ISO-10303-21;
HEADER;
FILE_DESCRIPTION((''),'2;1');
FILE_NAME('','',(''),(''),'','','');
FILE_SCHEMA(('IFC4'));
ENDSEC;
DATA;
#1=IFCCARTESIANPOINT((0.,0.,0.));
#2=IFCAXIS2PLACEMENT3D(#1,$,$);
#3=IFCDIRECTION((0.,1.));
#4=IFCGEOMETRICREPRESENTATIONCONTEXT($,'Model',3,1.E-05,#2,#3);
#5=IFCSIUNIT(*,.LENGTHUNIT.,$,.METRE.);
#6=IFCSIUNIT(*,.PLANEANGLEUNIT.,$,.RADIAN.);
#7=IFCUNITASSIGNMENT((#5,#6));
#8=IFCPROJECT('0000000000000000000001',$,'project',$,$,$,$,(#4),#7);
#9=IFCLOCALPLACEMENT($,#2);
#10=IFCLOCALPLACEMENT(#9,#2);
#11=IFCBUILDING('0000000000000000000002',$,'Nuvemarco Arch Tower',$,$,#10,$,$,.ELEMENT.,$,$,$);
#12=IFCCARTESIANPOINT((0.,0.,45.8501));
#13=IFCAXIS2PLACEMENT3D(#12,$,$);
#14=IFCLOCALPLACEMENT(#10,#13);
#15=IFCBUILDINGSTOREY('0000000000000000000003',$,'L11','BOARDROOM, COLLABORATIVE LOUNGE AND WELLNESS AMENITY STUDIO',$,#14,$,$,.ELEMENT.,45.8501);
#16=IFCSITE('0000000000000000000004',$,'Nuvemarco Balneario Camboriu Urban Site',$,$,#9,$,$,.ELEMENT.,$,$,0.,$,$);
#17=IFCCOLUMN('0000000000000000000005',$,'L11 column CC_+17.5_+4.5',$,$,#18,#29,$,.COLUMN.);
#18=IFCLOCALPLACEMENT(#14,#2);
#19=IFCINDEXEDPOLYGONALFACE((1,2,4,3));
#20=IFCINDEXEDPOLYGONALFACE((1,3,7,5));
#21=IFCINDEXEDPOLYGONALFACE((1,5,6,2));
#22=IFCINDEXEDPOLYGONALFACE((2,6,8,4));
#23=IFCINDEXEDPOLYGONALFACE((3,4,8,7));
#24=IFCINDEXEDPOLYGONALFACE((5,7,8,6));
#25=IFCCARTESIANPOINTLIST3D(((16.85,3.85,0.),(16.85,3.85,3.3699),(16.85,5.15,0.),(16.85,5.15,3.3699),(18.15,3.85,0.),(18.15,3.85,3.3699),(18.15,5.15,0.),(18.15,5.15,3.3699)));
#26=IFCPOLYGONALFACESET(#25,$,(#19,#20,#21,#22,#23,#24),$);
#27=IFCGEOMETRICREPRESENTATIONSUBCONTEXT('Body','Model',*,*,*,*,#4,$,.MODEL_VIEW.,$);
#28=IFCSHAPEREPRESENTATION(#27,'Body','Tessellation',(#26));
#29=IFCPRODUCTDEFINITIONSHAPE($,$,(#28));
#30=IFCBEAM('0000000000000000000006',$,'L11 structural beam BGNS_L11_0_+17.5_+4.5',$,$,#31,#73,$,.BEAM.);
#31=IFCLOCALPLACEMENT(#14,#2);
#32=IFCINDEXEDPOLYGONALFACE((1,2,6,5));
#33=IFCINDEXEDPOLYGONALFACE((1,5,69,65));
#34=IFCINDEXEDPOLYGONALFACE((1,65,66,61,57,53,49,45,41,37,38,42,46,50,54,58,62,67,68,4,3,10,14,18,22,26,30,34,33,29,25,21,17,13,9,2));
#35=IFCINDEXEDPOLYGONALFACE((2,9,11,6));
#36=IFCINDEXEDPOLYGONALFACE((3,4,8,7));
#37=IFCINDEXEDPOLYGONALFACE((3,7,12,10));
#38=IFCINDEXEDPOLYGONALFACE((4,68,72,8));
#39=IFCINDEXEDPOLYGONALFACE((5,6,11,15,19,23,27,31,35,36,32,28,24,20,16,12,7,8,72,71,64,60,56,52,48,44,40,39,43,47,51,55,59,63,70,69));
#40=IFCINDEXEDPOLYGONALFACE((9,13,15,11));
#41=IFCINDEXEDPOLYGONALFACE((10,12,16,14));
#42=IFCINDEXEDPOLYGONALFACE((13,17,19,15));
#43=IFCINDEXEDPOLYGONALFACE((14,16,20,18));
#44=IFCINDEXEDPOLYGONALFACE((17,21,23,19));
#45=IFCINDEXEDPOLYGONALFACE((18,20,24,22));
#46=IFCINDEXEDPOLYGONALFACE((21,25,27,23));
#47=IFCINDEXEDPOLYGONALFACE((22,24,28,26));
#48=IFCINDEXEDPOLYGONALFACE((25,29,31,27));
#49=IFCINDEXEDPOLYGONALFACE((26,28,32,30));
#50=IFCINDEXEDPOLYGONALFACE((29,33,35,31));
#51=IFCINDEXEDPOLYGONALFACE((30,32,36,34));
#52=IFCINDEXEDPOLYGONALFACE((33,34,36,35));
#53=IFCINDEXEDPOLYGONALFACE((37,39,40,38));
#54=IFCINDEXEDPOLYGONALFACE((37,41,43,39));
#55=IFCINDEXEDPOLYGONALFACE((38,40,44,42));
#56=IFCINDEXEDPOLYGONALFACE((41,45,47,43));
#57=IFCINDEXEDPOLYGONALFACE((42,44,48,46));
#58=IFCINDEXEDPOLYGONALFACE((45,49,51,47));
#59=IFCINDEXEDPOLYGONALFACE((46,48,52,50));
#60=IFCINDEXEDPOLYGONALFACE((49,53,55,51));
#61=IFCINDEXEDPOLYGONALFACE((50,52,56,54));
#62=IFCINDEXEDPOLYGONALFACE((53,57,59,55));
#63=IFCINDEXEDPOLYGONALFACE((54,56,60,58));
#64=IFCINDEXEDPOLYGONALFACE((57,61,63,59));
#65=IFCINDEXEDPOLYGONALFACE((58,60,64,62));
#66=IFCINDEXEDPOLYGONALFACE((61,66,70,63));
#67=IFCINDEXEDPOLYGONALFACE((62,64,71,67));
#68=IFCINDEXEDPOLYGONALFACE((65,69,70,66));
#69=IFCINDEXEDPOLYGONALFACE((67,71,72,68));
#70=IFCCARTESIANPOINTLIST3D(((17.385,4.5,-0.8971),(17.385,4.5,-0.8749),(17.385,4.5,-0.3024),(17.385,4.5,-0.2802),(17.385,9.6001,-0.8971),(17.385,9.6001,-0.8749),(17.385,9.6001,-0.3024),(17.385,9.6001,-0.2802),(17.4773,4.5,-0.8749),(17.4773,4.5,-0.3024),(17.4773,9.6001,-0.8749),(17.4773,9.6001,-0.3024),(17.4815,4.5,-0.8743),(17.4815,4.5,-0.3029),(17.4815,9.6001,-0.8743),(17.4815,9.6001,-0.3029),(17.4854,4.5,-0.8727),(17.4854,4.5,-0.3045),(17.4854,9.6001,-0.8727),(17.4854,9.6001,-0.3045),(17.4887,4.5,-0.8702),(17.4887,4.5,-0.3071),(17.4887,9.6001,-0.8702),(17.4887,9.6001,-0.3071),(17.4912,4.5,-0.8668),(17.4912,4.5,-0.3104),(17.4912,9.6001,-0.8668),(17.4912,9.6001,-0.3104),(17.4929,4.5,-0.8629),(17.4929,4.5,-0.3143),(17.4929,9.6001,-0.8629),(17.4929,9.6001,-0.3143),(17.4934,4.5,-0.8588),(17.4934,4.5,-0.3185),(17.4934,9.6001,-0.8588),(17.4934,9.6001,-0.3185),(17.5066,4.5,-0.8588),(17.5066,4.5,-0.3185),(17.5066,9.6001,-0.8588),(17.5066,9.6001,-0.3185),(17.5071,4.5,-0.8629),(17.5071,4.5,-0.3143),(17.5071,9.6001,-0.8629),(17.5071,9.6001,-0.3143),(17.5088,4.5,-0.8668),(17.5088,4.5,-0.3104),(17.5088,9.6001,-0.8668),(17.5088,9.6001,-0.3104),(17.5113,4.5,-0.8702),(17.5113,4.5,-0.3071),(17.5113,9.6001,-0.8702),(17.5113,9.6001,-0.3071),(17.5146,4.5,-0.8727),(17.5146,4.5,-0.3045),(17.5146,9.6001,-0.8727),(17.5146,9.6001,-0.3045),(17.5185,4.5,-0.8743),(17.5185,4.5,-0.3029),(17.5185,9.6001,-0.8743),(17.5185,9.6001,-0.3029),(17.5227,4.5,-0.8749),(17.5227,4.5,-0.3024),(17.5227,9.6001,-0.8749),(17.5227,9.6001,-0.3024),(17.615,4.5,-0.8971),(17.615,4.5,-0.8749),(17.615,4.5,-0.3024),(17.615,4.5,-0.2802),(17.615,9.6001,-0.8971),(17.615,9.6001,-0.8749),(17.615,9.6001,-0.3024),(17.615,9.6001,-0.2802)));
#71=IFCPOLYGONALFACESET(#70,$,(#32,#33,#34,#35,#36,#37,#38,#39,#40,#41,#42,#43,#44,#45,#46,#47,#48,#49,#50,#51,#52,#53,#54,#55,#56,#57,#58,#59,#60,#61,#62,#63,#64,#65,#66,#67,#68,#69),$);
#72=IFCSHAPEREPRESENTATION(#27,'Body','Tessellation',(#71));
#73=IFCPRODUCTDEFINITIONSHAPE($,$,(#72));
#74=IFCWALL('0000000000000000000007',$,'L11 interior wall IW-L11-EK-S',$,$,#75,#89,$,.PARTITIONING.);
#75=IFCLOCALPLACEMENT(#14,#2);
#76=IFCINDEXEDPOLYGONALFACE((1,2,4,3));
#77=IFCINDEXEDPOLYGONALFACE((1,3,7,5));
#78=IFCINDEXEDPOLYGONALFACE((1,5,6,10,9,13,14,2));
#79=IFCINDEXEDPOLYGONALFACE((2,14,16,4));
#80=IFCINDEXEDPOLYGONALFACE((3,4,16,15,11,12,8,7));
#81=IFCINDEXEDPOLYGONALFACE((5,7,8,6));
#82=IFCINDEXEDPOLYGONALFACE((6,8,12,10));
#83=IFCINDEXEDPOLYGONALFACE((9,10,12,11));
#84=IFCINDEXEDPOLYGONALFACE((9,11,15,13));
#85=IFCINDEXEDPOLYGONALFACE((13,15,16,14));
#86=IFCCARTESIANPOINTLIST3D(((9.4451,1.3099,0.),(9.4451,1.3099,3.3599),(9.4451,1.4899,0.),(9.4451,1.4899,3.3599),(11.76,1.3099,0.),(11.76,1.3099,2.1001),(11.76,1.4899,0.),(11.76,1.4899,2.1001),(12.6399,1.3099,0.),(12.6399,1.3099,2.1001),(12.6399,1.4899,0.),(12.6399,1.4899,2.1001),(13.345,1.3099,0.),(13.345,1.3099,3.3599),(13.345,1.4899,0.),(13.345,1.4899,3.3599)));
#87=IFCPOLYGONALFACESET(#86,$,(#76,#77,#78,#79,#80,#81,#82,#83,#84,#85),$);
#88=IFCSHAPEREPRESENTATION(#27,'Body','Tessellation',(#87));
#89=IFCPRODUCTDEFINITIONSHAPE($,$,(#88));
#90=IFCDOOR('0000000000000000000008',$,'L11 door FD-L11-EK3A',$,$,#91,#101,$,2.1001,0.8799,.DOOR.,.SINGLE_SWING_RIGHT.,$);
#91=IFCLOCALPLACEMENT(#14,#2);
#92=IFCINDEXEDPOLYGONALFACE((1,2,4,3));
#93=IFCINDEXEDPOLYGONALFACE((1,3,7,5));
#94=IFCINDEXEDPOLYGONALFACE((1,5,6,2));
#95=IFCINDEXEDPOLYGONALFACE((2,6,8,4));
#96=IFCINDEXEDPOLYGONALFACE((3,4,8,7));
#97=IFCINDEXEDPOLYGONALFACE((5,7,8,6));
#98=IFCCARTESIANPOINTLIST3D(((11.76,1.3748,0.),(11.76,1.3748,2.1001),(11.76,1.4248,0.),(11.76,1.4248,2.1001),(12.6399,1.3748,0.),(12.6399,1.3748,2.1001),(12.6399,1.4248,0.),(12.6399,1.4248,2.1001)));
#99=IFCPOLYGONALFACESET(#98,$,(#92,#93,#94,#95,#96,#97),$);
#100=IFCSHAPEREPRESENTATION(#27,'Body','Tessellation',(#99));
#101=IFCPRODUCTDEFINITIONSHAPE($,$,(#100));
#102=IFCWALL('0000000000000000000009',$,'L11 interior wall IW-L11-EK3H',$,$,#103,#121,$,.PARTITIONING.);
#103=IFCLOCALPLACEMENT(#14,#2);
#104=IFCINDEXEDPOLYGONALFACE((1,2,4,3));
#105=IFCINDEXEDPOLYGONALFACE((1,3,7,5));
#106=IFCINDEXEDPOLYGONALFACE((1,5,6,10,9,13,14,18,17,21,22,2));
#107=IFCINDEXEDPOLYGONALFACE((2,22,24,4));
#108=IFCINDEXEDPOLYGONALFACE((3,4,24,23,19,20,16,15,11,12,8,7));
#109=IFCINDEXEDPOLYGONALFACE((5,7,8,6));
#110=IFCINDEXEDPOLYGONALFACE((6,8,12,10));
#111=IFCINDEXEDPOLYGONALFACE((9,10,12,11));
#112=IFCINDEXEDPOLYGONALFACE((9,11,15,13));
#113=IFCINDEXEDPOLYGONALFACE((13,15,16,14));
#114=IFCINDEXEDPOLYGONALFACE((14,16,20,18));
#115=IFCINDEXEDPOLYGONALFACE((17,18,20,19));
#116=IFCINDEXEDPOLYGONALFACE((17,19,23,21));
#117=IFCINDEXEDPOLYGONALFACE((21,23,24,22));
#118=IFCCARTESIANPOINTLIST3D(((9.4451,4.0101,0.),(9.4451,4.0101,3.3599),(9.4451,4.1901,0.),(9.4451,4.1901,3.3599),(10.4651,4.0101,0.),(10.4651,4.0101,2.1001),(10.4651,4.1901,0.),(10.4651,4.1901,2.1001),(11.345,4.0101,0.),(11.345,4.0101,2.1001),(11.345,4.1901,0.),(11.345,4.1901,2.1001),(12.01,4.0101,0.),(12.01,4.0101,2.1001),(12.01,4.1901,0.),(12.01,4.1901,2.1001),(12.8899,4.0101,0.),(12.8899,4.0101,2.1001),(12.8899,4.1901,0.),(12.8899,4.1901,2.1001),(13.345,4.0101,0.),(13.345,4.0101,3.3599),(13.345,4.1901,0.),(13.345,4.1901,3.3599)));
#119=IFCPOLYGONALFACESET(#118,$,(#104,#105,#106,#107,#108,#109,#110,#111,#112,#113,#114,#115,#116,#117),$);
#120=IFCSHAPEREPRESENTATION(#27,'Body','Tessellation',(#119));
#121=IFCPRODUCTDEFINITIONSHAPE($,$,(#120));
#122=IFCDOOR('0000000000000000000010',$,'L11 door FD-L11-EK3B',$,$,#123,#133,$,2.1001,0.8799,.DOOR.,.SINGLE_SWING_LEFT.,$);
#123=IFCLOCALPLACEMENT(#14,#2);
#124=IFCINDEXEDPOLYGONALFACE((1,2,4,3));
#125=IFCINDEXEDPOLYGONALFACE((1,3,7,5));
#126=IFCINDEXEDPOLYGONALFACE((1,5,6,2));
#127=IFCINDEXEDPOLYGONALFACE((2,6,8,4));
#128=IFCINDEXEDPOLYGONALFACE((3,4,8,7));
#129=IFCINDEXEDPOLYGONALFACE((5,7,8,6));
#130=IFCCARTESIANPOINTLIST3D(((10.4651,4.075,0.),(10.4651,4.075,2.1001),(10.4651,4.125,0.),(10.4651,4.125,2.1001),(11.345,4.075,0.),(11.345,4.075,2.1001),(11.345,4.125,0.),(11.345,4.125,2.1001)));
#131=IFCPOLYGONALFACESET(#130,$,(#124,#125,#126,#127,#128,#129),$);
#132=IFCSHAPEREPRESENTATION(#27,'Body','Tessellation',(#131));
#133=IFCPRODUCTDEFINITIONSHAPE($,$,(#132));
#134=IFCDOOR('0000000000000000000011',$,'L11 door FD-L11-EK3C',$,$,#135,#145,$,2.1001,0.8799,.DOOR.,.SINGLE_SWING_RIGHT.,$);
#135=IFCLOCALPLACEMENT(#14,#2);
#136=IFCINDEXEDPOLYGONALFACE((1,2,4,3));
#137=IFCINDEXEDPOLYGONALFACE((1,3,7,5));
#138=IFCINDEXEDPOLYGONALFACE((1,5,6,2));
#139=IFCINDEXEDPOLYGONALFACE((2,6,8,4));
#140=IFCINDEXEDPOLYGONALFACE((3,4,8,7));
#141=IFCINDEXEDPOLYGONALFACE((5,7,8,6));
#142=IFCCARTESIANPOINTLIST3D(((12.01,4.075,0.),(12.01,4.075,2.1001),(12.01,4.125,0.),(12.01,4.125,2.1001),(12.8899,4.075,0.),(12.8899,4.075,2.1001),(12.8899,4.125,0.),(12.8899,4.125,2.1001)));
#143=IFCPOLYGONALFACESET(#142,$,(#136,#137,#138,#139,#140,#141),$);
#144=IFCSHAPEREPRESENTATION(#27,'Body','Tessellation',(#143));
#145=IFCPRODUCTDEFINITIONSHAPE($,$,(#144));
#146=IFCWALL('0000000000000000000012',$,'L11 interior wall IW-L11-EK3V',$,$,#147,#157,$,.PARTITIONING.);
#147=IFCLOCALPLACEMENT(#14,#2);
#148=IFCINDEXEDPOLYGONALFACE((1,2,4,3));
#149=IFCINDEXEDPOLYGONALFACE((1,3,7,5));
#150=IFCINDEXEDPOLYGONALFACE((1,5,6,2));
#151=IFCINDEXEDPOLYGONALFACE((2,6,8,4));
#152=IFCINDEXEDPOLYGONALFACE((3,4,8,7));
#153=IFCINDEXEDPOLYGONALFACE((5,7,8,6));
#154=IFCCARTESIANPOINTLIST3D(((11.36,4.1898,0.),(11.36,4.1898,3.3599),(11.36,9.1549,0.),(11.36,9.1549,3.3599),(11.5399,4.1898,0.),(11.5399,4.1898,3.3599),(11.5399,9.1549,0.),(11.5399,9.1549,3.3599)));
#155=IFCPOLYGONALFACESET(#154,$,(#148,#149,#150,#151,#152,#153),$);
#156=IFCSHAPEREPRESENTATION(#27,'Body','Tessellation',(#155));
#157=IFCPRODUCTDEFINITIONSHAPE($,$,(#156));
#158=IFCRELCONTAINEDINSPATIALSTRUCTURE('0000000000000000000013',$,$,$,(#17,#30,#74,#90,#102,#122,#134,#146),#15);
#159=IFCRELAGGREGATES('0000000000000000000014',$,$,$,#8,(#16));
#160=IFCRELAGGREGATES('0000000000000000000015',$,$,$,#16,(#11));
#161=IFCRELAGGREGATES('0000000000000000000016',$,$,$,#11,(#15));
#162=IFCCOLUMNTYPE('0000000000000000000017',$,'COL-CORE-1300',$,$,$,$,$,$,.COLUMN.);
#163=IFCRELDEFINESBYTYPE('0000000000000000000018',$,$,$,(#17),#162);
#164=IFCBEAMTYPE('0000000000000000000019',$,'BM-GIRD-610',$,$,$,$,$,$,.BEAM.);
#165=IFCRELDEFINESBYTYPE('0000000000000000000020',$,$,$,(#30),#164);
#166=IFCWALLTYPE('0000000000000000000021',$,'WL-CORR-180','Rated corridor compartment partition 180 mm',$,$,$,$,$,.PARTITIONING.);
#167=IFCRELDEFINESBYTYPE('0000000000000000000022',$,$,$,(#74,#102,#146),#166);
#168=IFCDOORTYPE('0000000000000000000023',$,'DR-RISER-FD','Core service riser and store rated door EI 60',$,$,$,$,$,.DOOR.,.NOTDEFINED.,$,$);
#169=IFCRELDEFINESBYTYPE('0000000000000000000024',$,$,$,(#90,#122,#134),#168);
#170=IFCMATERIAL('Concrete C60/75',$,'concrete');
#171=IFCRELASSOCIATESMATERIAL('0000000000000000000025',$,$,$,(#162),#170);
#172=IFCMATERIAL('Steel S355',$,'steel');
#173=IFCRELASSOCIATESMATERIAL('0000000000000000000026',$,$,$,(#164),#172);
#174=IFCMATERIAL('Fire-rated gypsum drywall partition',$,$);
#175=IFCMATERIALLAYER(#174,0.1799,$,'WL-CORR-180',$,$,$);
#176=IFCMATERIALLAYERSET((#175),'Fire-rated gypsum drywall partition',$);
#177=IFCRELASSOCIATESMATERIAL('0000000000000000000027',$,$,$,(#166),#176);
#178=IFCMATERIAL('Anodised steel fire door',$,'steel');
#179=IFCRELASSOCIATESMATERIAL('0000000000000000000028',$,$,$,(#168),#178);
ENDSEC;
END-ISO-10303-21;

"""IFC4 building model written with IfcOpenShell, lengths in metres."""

from ifc_helpers import new_model, si_unit, direction, frame, frame_2d, origin, origin_2d, place, context, subcontext, project, spatial, rectangle, i_section, extrude, source, transform, mapped, material, layer, layer_set, material_profile, profile_set, type_object, type_shapes, element, fill, save


model = new_model("IFC4")

# Units and contexts
model_context = context("Model", 3, precision=1e-05, world=origin(), true_north=direction((0.0, 1.0)))
body_context = subcontext(model_context, "Body", "Model", "MODEL_VIEW")
ifc_project = project(units=[si_unit("LENGTHUNIT", "METRE"), si_unit("PLANEANGLEUNIT", "RADIAN")], contexts=[model_context])

# Site, building, storey
site_placement = place(None, origin())
site = spatial("IfcSite", under=ifc_project, at=site_placement, Name="Nuvemarco Balneario Camboriu Urban Site", CompositionType="ELEMENT", RefElevation=0.0)
building_placement = place(site_placement, origin())
building = spatial("IfcBuilding", under=site, at=building_placement, Name="Nuvemarco Arch Tower", CompositionType="ELEMENT")
storey_placement = place(building_placement, frame((0.0, 0.0, 45.8501)))
storey = spatial("IfcBuildingStorey", under=building, at=storey_placement, Name="L11", Description="BOARDROOM, COLLABORATIVE LOUNGE AND WELLNESS AMENITY STUDIO", CompositionType="ELEMENT", Elevation=45.8501)

# Column
ifc_material_1 = material(Name="Concrete C60/75", Category="concrete")
ifc_material_profile_1 = material_profile(ifc_material_1, rectangle(XDim=1.3, YDim=1.3, at=origin_2d()), Name="RC-COL-1300x1300")
ifc_profile_set_1 = profile_set([ifc_material_profile_1], Name="Concrete C60/75")
column_type = type_object("IfcColumnType", Name="COL-CORE-1300", PredefinedType="COLUMN", material=ifc_profile_set_1)
column_placement = place(storey_placement, frame((17.5, 4.5, 0.0), z_axis=(0.0, 0.0, 1.0), x_axis=(1.0, 0.0, 0.0)))
element("IfcColumn", 1, at=column_placement, inside=storey, type_object=column_type, Name="L11 column CC_+17.5_+4.5", PredefinedType="COLUMN", context=body_context, shape_type="SweptSolid", body=[
    extrude(rectangle(XDim=1.3, YDim=1.3, at=origin_2d()), origin(), (0.0, 0.0, 1.0), 3.3699),
])

# Beam
ifc_material_2 = material(Name="Steel S355", Category="steel")
ifc_material_profile_2 = material_profile(ifc_material_2, i_section(OverallWidth=0.23, OverallDepth=0.6169, WebThickness=0.0132, FlangeThickness=0.0222, FilletRadius=0.0161, at=origin_2d()), Name="W610x140")
ifc_profile_set_2 = profile_set([ifc_material_profile_2], Name="Steel S355")
beam_type = type_object("IfcBeamType", Name="BM-GIRD-610", PredefinedType="BEAM", material=ifc_profile_set_2)
beam_placement = place(storey_placement, frame((17.5, 4.5, -0.5886), z_axis=(0.0, 1.0, 0.0), x_axis=(-1.0, 0.0, 0.0)))
element("IfcBeam", 2, at=beam_placement, inside=storey, type_object=beam_type, Name="L11 structural beam BGNS_L11_0_+17.5_+4.5", PredefinedType="BEAM", context=body_context, shape_type="SweptSolid", body=[
    extrude(i_section(OverallWidth=0.23, OverallDepth=0.6169, WebThickness=0.0132, FlangeThickness=0.0222, FilletRadius=0.0161, at=origin_2d()), origin(), (0.0, 0.0, 1.0), 5.1001),
])

# Wall, opening, door
ifc_material_3 = material(Name="Fire-rated gypsum drywall partition")
ifc_layer_1 = layer(ifc_material_3, 0.1799, Name="WL-CORR-180")
ifc_layer_set_1 = layer_set([ifc_layer_1], Name="Fire-rated gypsum drywall partition")
wall_type_1 = type_object("IfcWallType", Name="WL-CORR-180", Description="Rated corridor compartment partition 180 mm", PredefinedType="PARTITIONING", material=ifc_layer_set_1)
wall_1_placement = place(storey_placement, frame((9.4451, 1.3999, 0.0), z_axis=(0.0, 0.0, 1.0), x_axis=(1.0, 0.0, 0.0)))
wall_1 = element("IfcWall", 3, at=wall_1_placement, inside=storey, type_object=wall_type_1, Name="L11 interior wall IW-L11-EK-S", PredefinedType="PARTITIONING", context=body_context, shape_type="SweptSolid", body=[
    extrude(rectangle(XDim=3.8999, YDim=0.1799, at=frame_2d((1.95, 0.0))), origin(), (0.0, 0.0, 1.0), 3.3599),
])
opening_1_placement = place(wall_1_placement, frame((2.3149, 0.0, 0.0)))
opening_1 = element("IfcOpeningElement", 4, at=opening_1_placement, cuts=wall_1, PredefinedType="OPENING", context=body_context, shape_type="SweptSolid", body=[
    extrude(rectangle(XDim=0.8799, YDim=2.1001, at=frame_2d((0.4399, 1.05))), frame((0.0, 0.0999, 0.0), z_axis=(0.0, -1.0, 0.0), x_axis=(1.0, 0.0, 0.0)), (0.0, 0.0, 1.0), 0.2),
])
ifc_material_4 = material(Name="Anodised steel fire door", Category="steel")
door_type_1 = type_object("IfcDoorType", Name="DR-RISER-FD", Description="Core service riser and store rated door EI 60", OperationType="NOTDEFINED", PredefinedType="DOOR", material=ifc_material_4)
shared_shape_1 = source(origin(), body_context, "Body", "SweptSolid", [
    extrude(rectangle(XDim=0.8799, YDim=2.1001, at=frame_2d((0.4399, 1.05))), frame((0.0, 0.0249, 0.0), z_axis=(0.0, -1.0, 0.0), x_axis=(1.0, 0.0, 0.0)), (0.0, 0.0, 1.0), 0.05),
])
type_shapes(door_type_1, [shared_shape_1])
door_1_placement = place(opening_1_placement, origin())
door_1 = element("IfcDoor", 5, at=door_1_placement, inside=storey, type_object=door_type_1, Name="L11 door FD-L11-EK3A", OperationType="SINGLE_SWING_RIGHT", OverallHeight=2.1001, OverallWidth=0.8799, PredefinedType="DOOR", context=body_context, shape_type="MappedRepresentation", body=[
    mapped(shared_shape_1, transform((0.0, 0.0, 0.0), scale=1.0)),
])
fill(opening_1, door_1)

# Wall, openings, doors
wall_2_placement = place(storey_placement, frame((9.4451, 4.1001, 0.0), z_axis=(0.0, 0.0, 1.0), x_axis=(1.0, 0.0, 0.0)))
wall_2 = element("IfcWall", 6, at=wall_2_placement, inside=storey, type_object=wall_type_1, Name="L11 interior wall IW-L11-EK3H", PredefinedType="PARTITIONING", context=body_context, shape_type="SweptSolid", body=[
    extrude(rectangle(XDim=3.8999, YDim=0.1799, at=frame_2d((1.95, 0.0))), origin(), (0.0, 0.0, 1.0), 3.3599),
])
opening_2_placement = place(wall_2_placement, frame((1.02, 0.0, 0.0)))
opening_2 = element("IfcOpeningElement", 7, at=opening_2_placement, cuts=wall_2, PredefinedType="OPENING", context=body_context, shape_type="SweptSolid", body=[
    extrude(rectangle(XDim=0.8799, YDim=2.1001, at=frame_2d((0.4399, 1.05))), frame((0.0, 0.0999, 0.0), z_axis=(0.0, -1.0, 0.0), x_axis=(1.0, 0.0, 0.0)), (0.0, 0.0, 1.0), 0.2),
])
opening_3_placement = place(wall_2_placement, frame((2.5649, 0.0, 0.0)))
opening_3 = element("IfcOpeningElement", 8, at=opening_3_placement, cuts=wall_2, PredefinedType="OPENING", context=body_context, shape_type="SweptSolid", body=[
    extrude(rectangle(XDim=0.8799, YDim=2.1001, at=frame_2d((0.4399, 1.05))), frame((0.0, 0.0999, 0.0), z_axis=(0.0, -1.0, 0.0), x_axis=(1.0, 0.0, 0.0)), (0.0, 0.0, 1.0), 0.2),
])
door_2_placement = place(opening_2_placement, origin())
door_2 = element("IfcDoor", 9, at=door_2_placement, inside=storey, type_object=door_type_1, Name="L11 door FD-L11-EK3B", OperationType="SINGLE_SWING_LEFT", OverallHeight=2.1001, OverallWidth=0.8799, PredefinedType="DOOR", context=body_context, shape_type="MappedRepresentation", body=[
    mapped(shared_shape_1, transform((0.0, 0.0, 0.0), scale=1.0)),
])
fill(opening_2, door_2)
door_3_placement = place(opening_3_placement, origin())
door_3 = element("IfcDoor", 10, at=door_3_placement, inside=storey, type_object=door_type_1, Name="L11 door FD-L11-EK3C", OperationType="SINGLE_SWING_RIGHT", OverallHeight=2.1001, OverallWidth=0.8799, PredefinedType="DOOR", context=body_context, shape_type="MappedRepresentation", body=[
    mapped(shared_shape_1, transform((0.0, 0.0, 0.0), scale=1.0)),
])
fill(opening_3, door_3)

# Wall
wall_3_placement = place(storey_placement, frame((11.45, 4.1899, 0.0), z_axis=(0.0, 0.0, 1.0), x_axis=(0.0, 1.0, 0.0)))
element("IfcWall", 11, at=wall_3_placement, inside=storey, type_object=wall_type_1, Name="L11 interior wall IW-L11-EK3V", PredefinedType="PARTITIONING", context=body_context, shape_type="SweptSolid", body=[
    extrude(rectangle(XDim=4.9651, YDim=0.1799, at=frame_2d((2.4824, 0.0))), origin(), (0.0, 0.0, 1.0), 3.3599),
])

save(model, "model.ifc")
